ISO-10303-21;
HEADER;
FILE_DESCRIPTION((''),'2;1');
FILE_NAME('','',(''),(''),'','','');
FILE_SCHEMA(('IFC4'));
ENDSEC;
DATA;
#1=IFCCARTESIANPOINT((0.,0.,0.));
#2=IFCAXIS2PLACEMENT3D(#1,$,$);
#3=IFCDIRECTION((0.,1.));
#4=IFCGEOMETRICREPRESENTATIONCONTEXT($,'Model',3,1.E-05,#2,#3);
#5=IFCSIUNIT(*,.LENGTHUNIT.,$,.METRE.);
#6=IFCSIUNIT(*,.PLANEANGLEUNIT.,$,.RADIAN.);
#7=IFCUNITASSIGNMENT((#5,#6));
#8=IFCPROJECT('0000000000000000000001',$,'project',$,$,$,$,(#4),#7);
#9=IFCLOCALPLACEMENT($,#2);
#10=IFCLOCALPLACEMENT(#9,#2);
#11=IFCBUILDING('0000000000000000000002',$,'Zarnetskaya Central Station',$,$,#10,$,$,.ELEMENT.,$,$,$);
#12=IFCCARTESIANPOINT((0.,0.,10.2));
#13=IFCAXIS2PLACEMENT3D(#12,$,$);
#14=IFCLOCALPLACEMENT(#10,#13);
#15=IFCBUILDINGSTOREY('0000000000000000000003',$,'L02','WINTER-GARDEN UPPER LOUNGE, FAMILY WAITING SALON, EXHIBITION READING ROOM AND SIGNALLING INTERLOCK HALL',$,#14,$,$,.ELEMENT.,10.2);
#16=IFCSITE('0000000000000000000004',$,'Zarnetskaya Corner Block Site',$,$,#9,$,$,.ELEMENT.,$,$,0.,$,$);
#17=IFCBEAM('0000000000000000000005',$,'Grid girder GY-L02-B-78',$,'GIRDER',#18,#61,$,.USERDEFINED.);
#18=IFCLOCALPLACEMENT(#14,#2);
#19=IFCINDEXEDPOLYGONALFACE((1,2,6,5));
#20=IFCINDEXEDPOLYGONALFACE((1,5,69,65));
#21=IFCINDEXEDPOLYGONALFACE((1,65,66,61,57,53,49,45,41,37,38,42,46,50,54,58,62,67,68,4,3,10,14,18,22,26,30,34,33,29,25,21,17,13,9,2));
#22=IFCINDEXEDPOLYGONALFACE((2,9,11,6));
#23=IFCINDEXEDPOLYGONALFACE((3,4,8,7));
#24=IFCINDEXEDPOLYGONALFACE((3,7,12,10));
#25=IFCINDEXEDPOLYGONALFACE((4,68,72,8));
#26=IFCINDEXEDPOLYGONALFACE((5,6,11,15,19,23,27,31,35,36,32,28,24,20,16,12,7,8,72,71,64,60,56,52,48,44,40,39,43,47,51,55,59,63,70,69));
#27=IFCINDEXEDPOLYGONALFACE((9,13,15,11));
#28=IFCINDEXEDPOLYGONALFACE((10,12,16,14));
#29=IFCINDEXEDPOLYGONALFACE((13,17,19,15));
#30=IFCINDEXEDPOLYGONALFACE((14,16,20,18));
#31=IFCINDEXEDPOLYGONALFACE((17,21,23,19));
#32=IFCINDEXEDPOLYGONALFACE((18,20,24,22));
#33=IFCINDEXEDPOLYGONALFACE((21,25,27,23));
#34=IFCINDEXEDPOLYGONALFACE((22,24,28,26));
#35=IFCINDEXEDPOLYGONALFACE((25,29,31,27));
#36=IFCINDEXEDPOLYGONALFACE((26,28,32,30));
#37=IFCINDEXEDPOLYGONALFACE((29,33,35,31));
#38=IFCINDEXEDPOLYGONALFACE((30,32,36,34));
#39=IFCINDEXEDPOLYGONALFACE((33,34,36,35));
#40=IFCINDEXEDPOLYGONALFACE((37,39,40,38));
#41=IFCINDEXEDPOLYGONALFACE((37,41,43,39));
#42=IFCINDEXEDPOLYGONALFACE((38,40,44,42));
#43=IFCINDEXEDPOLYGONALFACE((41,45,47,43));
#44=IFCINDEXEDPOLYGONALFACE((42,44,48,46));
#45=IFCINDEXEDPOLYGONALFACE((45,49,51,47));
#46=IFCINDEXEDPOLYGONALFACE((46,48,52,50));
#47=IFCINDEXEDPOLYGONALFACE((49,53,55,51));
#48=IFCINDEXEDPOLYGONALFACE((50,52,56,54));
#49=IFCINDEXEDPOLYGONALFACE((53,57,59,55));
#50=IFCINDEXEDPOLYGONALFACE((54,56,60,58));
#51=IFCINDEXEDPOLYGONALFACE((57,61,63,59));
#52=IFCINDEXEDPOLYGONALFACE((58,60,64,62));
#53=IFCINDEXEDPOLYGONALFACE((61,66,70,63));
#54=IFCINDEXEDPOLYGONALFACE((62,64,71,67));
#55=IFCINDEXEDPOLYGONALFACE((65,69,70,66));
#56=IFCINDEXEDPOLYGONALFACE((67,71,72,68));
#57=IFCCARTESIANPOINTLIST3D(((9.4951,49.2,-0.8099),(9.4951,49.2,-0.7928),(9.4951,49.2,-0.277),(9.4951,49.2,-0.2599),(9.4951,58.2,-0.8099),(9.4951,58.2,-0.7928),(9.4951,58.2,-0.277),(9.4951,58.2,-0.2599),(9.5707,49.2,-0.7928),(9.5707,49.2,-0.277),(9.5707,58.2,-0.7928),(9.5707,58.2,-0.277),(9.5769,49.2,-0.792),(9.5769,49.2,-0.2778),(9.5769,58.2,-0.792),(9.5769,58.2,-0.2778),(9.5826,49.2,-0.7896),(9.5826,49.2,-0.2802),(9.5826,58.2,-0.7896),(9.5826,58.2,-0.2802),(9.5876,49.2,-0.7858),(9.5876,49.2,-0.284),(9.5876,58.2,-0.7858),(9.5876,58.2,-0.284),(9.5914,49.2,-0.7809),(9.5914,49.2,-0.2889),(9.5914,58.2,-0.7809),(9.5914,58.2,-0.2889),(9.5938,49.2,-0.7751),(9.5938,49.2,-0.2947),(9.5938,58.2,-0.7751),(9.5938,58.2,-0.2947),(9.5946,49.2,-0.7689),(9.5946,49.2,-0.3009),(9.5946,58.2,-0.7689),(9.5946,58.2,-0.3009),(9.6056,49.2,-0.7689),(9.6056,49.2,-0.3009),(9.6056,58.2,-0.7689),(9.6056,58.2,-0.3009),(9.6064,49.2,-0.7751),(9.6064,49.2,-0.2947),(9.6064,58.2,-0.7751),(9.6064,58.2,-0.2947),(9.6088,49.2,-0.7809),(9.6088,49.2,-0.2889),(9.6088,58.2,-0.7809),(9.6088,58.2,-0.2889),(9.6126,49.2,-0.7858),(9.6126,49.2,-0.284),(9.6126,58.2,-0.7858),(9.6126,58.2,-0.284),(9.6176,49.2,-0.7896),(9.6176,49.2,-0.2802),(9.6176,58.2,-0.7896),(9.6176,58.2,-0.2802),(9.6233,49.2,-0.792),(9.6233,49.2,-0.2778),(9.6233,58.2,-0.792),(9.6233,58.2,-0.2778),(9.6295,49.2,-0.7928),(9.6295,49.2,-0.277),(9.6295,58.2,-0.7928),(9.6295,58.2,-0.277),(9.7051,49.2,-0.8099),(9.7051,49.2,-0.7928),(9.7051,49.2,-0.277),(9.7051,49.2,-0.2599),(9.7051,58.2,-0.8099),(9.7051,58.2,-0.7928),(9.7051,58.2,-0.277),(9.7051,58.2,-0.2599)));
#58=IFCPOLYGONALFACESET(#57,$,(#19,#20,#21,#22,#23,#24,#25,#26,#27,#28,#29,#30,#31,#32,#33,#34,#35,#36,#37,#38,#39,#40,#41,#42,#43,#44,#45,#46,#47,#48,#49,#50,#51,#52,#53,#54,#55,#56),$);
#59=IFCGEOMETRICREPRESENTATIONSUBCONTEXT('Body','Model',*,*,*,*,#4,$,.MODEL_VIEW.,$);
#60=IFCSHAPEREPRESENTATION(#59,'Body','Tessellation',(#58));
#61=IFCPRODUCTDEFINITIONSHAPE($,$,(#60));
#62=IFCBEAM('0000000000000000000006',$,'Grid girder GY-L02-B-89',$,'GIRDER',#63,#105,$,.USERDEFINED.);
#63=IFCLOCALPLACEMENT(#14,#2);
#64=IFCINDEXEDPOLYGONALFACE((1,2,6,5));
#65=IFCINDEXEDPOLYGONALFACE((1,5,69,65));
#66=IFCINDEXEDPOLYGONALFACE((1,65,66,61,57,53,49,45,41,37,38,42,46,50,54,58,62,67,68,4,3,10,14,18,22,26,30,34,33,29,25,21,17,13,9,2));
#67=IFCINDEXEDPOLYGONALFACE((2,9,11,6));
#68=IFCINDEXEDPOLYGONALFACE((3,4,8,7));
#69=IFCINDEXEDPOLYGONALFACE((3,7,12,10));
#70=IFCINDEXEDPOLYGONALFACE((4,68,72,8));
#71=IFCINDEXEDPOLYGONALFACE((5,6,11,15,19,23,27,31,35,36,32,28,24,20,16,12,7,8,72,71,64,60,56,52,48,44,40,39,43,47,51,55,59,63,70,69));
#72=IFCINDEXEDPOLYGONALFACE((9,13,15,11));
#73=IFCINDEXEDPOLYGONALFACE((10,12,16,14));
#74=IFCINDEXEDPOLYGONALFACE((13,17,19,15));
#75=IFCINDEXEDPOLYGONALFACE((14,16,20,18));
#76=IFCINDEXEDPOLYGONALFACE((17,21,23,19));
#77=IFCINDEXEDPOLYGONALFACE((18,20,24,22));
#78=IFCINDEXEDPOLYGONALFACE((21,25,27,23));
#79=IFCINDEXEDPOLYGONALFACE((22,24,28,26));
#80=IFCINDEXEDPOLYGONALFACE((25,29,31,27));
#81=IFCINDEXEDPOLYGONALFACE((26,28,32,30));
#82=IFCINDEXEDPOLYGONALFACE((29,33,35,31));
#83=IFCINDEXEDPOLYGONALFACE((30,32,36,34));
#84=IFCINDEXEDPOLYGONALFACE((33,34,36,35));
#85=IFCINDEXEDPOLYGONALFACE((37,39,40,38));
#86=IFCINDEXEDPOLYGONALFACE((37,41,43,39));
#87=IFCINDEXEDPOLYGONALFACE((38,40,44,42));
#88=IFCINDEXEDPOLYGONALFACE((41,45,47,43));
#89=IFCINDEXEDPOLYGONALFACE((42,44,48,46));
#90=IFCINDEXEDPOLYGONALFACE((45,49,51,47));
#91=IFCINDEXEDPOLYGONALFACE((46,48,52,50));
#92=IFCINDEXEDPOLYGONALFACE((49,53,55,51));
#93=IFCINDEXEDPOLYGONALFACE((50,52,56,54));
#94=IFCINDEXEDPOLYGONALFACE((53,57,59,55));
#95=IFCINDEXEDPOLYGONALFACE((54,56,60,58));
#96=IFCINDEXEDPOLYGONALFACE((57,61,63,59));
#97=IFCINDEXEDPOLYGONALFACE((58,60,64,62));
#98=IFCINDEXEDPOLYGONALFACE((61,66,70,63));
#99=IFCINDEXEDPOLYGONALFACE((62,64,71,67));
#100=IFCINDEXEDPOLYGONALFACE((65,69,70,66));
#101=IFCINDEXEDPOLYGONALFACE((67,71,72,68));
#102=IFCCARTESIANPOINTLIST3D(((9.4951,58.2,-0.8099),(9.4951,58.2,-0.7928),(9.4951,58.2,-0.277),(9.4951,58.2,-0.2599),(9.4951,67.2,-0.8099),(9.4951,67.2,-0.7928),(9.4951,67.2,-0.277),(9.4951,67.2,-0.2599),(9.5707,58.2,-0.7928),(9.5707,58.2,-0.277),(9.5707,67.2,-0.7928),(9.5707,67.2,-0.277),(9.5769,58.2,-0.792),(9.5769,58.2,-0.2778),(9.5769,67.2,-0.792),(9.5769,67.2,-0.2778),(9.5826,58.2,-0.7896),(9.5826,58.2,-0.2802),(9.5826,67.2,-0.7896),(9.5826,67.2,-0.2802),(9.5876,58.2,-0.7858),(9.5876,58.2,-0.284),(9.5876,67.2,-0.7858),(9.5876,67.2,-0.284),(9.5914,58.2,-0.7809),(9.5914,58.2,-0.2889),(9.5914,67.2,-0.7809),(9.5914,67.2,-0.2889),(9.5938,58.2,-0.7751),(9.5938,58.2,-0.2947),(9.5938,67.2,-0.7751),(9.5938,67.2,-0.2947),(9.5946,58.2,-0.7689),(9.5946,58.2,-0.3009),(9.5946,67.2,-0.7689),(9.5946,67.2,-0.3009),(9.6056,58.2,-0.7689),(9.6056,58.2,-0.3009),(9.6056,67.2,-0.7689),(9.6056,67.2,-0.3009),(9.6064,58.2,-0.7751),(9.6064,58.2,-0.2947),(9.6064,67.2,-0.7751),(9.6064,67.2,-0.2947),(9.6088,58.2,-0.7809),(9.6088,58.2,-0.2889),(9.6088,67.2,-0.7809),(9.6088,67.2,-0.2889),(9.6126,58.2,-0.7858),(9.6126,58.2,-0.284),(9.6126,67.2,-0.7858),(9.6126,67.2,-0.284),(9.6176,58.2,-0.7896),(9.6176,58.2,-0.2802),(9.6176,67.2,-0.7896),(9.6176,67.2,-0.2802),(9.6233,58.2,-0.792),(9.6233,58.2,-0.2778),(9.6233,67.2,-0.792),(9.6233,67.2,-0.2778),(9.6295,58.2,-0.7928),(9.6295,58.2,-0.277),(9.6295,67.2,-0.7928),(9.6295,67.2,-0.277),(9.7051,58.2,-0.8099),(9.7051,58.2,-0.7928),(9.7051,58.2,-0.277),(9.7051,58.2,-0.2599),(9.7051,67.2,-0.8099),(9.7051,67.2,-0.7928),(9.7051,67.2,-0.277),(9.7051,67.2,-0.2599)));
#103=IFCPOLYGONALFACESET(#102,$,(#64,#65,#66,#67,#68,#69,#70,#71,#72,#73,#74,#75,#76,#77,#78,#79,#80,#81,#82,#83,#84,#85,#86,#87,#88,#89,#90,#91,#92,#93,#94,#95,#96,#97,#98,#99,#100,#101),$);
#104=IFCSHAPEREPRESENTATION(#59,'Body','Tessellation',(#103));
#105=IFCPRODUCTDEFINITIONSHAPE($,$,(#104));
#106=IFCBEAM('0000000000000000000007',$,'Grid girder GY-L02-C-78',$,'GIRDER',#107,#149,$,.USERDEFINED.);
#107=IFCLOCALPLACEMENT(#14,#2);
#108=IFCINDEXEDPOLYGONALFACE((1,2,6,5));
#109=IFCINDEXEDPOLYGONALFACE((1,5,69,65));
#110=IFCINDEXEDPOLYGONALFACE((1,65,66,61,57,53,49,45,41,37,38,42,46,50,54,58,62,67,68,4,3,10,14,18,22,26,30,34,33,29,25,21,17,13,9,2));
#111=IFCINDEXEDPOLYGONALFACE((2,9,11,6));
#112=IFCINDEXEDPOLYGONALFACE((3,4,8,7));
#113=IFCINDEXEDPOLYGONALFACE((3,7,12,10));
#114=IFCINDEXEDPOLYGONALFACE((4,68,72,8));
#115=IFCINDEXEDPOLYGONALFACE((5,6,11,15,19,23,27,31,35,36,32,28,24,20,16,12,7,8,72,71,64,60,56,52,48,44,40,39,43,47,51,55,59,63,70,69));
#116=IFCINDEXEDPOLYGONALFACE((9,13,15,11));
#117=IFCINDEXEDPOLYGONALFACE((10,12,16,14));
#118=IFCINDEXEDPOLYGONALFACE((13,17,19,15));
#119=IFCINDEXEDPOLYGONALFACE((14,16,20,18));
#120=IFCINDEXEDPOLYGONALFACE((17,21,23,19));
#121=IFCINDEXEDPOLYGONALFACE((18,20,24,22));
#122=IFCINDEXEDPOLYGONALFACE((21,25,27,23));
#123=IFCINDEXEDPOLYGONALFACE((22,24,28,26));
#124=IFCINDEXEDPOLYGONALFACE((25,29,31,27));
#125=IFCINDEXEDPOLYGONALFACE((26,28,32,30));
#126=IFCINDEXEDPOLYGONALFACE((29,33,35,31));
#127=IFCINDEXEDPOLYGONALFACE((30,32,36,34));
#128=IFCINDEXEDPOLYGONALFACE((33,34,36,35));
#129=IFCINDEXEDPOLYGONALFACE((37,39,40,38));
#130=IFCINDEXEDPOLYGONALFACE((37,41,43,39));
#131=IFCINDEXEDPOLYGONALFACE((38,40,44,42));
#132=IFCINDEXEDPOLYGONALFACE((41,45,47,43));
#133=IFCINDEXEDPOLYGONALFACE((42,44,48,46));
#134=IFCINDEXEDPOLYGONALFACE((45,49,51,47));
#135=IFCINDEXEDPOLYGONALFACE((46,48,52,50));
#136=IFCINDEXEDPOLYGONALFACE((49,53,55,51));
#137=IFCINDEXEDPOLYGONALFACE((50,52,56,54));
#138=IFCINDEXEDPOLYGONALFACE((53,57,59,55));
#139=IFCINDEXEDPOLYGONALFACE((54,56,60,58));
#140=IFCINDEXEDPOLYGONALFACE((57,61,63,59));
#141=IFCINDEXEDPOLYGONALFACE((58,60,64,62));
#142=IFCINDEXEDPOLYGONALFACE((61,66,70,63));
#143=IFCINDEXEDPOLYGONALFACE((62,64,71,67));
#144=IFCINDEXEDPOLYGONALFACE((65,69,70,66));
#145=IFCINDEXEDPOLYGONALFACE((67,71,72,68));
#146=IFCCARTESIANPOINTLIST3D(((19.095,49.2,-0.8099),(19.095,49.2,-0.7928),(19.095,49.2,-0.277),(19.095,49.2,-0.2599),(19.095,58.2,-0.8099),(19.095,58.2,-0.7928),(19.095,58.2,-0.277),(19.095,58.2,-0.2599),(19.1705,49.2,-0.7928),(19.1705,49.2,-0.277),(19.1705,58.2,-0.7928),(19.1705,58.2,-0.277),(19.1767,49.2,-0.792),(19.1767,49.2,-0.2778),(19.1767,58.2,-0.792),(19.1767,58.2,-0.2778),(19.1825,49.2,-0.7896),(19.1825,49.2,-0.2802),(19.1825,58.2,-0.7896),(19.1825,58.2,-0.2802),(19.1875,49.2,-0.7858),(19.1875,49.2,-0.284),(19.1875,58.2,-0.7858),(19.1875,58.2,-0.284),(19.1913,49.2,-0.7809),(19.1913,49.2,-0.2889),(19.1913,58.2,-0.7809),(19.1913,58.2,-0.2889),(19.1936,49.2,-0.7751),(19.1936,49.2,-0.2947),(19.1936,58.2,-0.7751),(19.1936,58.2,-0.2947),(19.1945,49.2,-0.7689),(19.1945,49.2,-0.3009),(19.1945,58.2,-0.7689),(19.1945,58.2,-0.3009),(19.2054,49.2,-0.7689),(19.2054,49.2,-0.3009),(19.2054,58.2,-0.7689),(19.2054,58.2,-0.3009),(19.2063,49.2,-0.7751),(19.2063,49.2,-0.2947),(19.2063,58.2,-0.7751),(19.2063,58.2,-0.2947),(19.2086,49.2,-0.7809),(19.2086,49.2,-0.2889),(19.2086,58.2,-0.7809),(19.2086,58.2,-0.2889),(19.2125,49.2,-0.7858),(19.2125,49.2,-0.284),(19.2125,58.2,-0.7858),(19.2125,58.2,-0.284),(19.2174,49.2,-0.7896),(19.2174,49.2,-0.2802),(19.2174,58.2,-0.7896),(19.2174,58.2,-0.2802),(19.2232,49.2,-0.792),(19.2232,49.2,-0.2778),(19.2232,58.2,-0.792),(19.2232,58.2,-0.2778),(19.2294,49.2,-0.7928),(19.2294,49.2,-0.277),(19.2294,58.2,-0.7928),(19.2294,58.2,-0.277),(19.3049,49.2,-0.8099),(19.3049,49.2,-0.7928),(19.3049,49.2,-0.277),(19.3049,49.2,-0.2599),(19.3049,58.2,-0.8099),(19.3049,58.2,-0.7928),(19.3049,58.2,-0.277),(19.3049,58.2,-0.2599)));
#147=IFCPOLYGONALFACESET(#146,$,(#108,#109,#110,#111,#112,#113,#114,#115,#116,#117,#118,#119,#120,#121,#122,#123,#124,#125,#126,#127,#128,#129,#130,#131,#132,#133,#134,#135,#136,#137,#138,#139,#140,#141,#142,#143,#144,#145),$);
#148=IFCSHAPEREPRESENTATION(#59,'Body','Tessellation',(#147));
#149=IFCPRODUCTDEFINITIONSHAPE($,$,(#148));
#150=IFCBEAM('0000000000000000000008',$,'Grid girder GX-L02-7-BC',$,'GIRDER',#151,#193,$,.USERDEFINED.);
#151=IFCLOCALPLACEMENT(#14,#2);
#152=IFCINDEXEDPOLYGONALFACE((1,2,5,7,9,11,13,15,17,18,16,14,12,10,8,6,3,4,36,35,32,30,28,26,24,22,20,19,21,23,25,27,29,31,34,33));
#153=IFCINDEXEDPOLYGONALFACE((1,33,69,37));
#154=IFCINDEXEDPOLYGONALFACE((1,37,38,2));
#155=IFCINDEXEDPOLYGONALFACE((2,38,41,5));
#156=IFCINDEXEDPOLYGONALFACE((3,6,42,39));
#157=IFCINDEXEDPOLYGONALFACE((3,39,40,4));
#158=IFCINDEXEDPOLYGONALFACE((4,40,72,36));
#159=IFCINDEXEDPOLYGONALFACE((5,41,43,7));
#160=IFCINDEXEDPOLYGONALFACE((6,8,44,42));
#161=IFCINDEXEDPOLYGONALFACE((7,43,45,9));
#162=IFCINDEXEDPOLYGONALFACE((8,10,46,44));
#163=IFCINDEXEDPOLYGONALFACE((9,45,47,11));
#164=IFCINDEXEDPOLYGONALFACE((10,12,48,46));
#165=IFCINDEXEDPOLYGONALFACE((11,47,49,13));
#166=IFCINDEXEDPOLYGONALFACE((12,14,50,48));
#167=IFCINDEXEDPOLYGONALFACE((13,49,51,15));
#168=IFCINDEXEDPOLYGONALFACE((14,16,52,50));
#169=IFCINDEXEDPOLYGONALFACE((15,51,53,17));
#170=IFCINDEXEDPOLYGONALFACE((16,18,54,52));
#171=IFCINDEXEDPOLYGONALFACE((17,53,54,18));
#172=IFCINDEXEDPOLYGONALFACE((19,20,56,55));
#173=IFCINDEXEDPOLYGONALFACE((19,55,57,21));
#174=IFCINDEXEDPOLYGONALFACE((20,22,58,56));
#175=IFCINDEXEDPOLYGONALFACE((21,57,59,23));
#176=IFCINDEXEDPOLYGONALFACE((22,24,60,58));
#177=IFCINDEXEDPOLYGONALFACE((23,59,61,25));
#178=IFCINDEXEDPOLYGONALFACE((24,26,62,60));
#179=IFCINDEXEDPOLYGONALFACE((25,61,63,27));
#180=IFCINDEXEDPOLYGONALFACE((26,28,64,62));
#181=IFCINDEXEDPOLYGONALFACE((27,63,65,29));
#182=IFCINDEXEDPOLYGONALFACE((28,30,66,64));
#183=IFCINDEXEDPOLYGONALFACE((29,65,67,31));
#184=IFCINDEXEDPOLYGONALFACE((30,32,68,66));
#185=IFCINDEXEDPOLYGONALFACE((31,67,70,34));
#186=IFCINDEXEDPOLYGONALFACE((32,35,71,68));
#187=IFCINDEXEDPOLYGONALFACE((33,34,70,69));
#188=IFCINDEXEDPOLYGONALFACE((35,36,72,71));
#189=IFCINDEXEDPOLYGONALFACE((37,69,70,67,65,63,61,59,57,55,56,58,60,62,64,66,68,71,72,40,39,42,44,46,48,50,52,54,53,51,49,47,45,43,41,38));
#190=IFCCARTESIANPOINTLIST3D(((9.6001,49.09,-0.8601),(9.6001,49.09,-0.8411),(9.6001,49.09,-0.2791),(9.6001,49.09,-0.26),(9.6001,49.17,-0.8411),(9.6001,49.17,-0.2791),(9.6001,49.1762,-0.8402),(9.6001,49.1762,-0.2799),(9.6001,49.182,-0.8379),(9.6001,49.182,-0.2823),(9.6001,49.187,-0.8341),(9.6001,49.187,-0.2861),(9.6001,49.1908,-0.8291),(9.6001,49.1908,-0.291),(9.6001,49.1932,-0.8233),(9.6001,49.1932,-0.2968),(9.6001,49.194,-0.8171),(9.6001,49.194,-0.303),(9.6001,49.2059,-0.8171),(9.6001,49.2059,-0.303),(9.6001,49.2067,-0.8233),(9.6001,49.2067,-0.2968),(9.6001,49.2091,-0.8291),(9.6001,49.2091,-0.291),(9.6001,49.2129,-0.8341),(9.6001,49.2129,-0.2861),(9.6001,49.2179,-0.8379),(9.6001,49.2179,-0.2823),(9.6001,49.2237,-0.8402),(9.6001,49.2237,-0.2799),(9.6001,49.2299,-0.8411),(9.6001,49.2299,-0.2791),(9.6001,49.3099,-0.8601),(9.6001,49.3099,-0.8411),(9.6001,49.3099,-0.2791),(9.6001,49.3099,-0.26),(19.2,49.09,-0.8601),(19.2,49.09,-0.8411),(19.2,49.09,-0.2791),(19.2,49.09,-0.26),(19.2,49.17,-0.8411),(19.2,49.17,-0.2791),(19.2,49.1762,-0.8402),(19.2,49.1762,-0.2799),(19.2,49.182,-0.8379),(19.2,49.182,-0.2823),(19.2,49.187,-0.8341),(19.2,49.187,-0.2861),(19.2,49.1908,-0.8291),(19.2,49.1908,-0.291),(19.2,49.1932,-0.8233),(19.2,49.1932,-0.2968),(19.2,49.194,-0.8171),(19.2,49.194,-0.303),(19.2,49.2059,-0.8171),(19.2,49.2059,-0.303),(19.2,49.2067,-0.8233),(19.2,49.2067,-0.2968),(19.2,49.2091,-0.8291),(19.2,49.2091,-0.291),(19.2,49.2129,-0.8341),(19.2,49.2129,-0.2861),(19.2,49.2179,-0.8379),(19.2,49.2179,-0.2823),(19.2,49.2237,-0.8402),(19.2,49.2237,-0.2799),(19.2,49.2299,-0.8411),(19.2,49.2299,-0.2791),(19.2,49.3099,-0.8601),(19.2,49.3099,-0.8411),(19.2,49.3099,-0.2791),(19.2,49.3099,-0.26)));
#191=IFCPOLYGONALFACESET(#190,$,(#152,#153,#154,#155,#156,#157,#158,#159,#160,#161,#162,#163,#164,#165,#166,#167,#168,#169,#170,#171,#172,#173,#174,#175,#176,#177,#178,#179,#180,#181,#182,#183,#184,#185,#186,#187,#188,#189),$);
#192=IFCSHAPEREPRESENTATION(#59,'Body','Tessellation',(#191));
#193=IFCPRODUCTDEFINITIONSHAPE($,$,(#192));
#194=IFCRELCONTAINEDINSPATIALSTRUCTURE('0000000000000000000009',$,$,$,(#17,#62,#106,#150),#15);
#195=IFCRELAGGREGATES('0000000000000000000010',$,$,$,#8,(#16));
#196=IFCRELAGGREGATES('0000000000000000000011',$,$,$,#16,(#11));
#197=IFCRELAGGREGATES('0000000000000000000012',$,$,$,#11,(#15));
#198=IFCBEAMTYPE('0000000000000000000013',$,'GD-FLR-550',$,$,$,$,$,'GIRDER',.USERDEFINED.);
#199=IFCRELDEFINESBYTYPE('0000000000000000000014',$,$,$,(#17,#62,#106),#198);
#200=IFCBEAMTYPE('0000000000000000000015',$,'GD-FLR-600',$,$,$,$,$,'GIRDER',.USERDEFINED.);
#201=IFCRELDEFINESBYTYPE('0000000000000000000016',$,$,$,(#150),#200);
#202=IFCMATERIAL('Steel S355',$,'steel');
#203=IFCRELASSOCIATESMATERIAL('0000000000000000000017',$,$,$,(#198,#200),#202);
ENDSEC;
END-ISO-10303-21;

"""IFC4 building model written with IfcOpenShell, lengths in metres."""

from ifc_helpers import new_model, si_unit, direction, frame, origin, origin_2d, place, context, subcontext, project, spatial, i_section, extrude, material, material_profile, profile_set, type_object, element, save


model = new_model("IFC4")

# Units and contexts
model_context = context("Model", 3, precision=1e-05, world=origin(), true_north=direction((0.0, 1.0)))
body_context = subcontext(model_context, "Body", "Model", "MODEL_VIEW")
ifc_project = project(units=[si_unit("LENGTHUNIT", "METRE"), si_unit("PLANEANGLEUNIT", "RADIAN")], contexts=[model_context])

# Site, building, storey
site_placement = place(None, origin())
site = spatial("IfcSite", under=ifc_project, at=site_placement, Name="Zarnetskaya Corner Block Site", CompositionType="ELEMENT", RefElevation=0.0)
building_placement = place(site_placement, origin())
building = spatial("IfcBuilding", under=site, at=building_placement, Name="Zarnetskaya Central Station", CompositionType="ELEMENT")
storey_placement = place(building_placement, frame((0.0, 0.0, 10.2)))
storey = spatial("IfcBuildingStorey", under=building, at=storey_placement, Name="L02", Description="WINTER-GARDEN UPPER LOUNGE, FAMILY WAITING SALON, EXHIBITION READING ROOM AND SIGNALLING INTERLOCK HALL", CompositionType="ELEMENT", Elevation=10.2)

# Shared definitions
ifc_material_1 = material(Name="Steel S355", Category="steel")

# Beams
ifc_material_profile_1 = material_profile(ifc_material_1, i_section(OverallWidth=0.21, OverallDepth=0.55, WebThickness=0.011, FlangeThickness=0.0171, FilletRadius=0.0239, at=origin_2d()), Name="IPE 550")
ifc_profile_set_1 = profile_set([ifc_material_profile_1], Name="Steel S355")
beam_type_1 = type_object("IfcBeamType", Name="GD-FLR-550", ElementType="GIRDER", PredefinedType="USERDEFINED", material=ifc_profile_set_1)
for number, where, z_axis, x_axis, name in (
    (1, (9.6001, 49.2, -0.5349), (0.0, 1.0, 0.0), (-1.0, 0.0, 0.0), "Grid girder GY-L02-B-78"),
    (2, (9.6001, 58.2, -0.5349), (0.0, 1.0, 0.0), (-1.0, 0.0, 0.0), "Grid girder GY-L02-B-89"),
    (3, (19.2, 49.2, -0.5349), (0.0, 1.0, 0.0), (-1.0, 0.0, 0.0), "Grid girder GY-L02-C-78"),
):
    element("IfcBeam", number, at=place(storey_placement, frame(where, z_axis=z_axis, x_axis=x_axis)), inside=storey, type_object=beam_type_1, Name=name, ObjectType="GIRDER", PredefinedType="USERDEFINED", context=body_context, shape_type="SweptSolid", body=[
        extrude(i_section(OverallWidth=0.21, OverallDepth=0.55, WebThickness=0.011, FlangeThickness=0.0171, FilletRadius=0.0239, at=origin_2d()), origin(), (0.0, 0.0, 1.0), 9.0),
    ])
ifc_material_profile_2 = material_profile(ifc_material_1, i_section(OverallWidth=0.22, OverallDepth=0.6001, WebThickness=0.012, FlangeThickness=0.019, FilletRadius=0.0239, at=origin_2d()), Name="IPE 600")
ifc_profile_set_2 = profile_set([ifc_material_profile_2], Name="Steel S355")
beam_type_2 = type_object("IfcBeamType", Name="GD-FLR-600", ElementType="GIRDER", PredefinedType="USERDEFINED", material=ifc_profile_set_2)
for number, where, z_axis, x_axis, name in (
    (4, (9.6001, 49.2, -0.5601), (1.0, 0.0, 0.0), (0.0, 1.0, 0.0), "Grid girder GX-L02-7-BC"),
):
    element("IfcBeam", number, at=place(storey_placement, frame(where, z_axis=z_axis, x_axis=x_axis)), inside=storey, type_object=beam_type_2, Name=name, ObjectType="GIRDER", PredefinedType="USERDEFINED", context=body_context, shape_type="SweptSolid", body=[
        extrude(i_section(OverallWidth=0.22, OverallDepth=0.6001, WebThickness=0.012, FlangeThickness=0.019, FilletRadius=0.0239, at=origin_2d()), origin(), (0.0, 0.0, 1.0), 9.5999),
    ])

save(model, "model.ifc")
